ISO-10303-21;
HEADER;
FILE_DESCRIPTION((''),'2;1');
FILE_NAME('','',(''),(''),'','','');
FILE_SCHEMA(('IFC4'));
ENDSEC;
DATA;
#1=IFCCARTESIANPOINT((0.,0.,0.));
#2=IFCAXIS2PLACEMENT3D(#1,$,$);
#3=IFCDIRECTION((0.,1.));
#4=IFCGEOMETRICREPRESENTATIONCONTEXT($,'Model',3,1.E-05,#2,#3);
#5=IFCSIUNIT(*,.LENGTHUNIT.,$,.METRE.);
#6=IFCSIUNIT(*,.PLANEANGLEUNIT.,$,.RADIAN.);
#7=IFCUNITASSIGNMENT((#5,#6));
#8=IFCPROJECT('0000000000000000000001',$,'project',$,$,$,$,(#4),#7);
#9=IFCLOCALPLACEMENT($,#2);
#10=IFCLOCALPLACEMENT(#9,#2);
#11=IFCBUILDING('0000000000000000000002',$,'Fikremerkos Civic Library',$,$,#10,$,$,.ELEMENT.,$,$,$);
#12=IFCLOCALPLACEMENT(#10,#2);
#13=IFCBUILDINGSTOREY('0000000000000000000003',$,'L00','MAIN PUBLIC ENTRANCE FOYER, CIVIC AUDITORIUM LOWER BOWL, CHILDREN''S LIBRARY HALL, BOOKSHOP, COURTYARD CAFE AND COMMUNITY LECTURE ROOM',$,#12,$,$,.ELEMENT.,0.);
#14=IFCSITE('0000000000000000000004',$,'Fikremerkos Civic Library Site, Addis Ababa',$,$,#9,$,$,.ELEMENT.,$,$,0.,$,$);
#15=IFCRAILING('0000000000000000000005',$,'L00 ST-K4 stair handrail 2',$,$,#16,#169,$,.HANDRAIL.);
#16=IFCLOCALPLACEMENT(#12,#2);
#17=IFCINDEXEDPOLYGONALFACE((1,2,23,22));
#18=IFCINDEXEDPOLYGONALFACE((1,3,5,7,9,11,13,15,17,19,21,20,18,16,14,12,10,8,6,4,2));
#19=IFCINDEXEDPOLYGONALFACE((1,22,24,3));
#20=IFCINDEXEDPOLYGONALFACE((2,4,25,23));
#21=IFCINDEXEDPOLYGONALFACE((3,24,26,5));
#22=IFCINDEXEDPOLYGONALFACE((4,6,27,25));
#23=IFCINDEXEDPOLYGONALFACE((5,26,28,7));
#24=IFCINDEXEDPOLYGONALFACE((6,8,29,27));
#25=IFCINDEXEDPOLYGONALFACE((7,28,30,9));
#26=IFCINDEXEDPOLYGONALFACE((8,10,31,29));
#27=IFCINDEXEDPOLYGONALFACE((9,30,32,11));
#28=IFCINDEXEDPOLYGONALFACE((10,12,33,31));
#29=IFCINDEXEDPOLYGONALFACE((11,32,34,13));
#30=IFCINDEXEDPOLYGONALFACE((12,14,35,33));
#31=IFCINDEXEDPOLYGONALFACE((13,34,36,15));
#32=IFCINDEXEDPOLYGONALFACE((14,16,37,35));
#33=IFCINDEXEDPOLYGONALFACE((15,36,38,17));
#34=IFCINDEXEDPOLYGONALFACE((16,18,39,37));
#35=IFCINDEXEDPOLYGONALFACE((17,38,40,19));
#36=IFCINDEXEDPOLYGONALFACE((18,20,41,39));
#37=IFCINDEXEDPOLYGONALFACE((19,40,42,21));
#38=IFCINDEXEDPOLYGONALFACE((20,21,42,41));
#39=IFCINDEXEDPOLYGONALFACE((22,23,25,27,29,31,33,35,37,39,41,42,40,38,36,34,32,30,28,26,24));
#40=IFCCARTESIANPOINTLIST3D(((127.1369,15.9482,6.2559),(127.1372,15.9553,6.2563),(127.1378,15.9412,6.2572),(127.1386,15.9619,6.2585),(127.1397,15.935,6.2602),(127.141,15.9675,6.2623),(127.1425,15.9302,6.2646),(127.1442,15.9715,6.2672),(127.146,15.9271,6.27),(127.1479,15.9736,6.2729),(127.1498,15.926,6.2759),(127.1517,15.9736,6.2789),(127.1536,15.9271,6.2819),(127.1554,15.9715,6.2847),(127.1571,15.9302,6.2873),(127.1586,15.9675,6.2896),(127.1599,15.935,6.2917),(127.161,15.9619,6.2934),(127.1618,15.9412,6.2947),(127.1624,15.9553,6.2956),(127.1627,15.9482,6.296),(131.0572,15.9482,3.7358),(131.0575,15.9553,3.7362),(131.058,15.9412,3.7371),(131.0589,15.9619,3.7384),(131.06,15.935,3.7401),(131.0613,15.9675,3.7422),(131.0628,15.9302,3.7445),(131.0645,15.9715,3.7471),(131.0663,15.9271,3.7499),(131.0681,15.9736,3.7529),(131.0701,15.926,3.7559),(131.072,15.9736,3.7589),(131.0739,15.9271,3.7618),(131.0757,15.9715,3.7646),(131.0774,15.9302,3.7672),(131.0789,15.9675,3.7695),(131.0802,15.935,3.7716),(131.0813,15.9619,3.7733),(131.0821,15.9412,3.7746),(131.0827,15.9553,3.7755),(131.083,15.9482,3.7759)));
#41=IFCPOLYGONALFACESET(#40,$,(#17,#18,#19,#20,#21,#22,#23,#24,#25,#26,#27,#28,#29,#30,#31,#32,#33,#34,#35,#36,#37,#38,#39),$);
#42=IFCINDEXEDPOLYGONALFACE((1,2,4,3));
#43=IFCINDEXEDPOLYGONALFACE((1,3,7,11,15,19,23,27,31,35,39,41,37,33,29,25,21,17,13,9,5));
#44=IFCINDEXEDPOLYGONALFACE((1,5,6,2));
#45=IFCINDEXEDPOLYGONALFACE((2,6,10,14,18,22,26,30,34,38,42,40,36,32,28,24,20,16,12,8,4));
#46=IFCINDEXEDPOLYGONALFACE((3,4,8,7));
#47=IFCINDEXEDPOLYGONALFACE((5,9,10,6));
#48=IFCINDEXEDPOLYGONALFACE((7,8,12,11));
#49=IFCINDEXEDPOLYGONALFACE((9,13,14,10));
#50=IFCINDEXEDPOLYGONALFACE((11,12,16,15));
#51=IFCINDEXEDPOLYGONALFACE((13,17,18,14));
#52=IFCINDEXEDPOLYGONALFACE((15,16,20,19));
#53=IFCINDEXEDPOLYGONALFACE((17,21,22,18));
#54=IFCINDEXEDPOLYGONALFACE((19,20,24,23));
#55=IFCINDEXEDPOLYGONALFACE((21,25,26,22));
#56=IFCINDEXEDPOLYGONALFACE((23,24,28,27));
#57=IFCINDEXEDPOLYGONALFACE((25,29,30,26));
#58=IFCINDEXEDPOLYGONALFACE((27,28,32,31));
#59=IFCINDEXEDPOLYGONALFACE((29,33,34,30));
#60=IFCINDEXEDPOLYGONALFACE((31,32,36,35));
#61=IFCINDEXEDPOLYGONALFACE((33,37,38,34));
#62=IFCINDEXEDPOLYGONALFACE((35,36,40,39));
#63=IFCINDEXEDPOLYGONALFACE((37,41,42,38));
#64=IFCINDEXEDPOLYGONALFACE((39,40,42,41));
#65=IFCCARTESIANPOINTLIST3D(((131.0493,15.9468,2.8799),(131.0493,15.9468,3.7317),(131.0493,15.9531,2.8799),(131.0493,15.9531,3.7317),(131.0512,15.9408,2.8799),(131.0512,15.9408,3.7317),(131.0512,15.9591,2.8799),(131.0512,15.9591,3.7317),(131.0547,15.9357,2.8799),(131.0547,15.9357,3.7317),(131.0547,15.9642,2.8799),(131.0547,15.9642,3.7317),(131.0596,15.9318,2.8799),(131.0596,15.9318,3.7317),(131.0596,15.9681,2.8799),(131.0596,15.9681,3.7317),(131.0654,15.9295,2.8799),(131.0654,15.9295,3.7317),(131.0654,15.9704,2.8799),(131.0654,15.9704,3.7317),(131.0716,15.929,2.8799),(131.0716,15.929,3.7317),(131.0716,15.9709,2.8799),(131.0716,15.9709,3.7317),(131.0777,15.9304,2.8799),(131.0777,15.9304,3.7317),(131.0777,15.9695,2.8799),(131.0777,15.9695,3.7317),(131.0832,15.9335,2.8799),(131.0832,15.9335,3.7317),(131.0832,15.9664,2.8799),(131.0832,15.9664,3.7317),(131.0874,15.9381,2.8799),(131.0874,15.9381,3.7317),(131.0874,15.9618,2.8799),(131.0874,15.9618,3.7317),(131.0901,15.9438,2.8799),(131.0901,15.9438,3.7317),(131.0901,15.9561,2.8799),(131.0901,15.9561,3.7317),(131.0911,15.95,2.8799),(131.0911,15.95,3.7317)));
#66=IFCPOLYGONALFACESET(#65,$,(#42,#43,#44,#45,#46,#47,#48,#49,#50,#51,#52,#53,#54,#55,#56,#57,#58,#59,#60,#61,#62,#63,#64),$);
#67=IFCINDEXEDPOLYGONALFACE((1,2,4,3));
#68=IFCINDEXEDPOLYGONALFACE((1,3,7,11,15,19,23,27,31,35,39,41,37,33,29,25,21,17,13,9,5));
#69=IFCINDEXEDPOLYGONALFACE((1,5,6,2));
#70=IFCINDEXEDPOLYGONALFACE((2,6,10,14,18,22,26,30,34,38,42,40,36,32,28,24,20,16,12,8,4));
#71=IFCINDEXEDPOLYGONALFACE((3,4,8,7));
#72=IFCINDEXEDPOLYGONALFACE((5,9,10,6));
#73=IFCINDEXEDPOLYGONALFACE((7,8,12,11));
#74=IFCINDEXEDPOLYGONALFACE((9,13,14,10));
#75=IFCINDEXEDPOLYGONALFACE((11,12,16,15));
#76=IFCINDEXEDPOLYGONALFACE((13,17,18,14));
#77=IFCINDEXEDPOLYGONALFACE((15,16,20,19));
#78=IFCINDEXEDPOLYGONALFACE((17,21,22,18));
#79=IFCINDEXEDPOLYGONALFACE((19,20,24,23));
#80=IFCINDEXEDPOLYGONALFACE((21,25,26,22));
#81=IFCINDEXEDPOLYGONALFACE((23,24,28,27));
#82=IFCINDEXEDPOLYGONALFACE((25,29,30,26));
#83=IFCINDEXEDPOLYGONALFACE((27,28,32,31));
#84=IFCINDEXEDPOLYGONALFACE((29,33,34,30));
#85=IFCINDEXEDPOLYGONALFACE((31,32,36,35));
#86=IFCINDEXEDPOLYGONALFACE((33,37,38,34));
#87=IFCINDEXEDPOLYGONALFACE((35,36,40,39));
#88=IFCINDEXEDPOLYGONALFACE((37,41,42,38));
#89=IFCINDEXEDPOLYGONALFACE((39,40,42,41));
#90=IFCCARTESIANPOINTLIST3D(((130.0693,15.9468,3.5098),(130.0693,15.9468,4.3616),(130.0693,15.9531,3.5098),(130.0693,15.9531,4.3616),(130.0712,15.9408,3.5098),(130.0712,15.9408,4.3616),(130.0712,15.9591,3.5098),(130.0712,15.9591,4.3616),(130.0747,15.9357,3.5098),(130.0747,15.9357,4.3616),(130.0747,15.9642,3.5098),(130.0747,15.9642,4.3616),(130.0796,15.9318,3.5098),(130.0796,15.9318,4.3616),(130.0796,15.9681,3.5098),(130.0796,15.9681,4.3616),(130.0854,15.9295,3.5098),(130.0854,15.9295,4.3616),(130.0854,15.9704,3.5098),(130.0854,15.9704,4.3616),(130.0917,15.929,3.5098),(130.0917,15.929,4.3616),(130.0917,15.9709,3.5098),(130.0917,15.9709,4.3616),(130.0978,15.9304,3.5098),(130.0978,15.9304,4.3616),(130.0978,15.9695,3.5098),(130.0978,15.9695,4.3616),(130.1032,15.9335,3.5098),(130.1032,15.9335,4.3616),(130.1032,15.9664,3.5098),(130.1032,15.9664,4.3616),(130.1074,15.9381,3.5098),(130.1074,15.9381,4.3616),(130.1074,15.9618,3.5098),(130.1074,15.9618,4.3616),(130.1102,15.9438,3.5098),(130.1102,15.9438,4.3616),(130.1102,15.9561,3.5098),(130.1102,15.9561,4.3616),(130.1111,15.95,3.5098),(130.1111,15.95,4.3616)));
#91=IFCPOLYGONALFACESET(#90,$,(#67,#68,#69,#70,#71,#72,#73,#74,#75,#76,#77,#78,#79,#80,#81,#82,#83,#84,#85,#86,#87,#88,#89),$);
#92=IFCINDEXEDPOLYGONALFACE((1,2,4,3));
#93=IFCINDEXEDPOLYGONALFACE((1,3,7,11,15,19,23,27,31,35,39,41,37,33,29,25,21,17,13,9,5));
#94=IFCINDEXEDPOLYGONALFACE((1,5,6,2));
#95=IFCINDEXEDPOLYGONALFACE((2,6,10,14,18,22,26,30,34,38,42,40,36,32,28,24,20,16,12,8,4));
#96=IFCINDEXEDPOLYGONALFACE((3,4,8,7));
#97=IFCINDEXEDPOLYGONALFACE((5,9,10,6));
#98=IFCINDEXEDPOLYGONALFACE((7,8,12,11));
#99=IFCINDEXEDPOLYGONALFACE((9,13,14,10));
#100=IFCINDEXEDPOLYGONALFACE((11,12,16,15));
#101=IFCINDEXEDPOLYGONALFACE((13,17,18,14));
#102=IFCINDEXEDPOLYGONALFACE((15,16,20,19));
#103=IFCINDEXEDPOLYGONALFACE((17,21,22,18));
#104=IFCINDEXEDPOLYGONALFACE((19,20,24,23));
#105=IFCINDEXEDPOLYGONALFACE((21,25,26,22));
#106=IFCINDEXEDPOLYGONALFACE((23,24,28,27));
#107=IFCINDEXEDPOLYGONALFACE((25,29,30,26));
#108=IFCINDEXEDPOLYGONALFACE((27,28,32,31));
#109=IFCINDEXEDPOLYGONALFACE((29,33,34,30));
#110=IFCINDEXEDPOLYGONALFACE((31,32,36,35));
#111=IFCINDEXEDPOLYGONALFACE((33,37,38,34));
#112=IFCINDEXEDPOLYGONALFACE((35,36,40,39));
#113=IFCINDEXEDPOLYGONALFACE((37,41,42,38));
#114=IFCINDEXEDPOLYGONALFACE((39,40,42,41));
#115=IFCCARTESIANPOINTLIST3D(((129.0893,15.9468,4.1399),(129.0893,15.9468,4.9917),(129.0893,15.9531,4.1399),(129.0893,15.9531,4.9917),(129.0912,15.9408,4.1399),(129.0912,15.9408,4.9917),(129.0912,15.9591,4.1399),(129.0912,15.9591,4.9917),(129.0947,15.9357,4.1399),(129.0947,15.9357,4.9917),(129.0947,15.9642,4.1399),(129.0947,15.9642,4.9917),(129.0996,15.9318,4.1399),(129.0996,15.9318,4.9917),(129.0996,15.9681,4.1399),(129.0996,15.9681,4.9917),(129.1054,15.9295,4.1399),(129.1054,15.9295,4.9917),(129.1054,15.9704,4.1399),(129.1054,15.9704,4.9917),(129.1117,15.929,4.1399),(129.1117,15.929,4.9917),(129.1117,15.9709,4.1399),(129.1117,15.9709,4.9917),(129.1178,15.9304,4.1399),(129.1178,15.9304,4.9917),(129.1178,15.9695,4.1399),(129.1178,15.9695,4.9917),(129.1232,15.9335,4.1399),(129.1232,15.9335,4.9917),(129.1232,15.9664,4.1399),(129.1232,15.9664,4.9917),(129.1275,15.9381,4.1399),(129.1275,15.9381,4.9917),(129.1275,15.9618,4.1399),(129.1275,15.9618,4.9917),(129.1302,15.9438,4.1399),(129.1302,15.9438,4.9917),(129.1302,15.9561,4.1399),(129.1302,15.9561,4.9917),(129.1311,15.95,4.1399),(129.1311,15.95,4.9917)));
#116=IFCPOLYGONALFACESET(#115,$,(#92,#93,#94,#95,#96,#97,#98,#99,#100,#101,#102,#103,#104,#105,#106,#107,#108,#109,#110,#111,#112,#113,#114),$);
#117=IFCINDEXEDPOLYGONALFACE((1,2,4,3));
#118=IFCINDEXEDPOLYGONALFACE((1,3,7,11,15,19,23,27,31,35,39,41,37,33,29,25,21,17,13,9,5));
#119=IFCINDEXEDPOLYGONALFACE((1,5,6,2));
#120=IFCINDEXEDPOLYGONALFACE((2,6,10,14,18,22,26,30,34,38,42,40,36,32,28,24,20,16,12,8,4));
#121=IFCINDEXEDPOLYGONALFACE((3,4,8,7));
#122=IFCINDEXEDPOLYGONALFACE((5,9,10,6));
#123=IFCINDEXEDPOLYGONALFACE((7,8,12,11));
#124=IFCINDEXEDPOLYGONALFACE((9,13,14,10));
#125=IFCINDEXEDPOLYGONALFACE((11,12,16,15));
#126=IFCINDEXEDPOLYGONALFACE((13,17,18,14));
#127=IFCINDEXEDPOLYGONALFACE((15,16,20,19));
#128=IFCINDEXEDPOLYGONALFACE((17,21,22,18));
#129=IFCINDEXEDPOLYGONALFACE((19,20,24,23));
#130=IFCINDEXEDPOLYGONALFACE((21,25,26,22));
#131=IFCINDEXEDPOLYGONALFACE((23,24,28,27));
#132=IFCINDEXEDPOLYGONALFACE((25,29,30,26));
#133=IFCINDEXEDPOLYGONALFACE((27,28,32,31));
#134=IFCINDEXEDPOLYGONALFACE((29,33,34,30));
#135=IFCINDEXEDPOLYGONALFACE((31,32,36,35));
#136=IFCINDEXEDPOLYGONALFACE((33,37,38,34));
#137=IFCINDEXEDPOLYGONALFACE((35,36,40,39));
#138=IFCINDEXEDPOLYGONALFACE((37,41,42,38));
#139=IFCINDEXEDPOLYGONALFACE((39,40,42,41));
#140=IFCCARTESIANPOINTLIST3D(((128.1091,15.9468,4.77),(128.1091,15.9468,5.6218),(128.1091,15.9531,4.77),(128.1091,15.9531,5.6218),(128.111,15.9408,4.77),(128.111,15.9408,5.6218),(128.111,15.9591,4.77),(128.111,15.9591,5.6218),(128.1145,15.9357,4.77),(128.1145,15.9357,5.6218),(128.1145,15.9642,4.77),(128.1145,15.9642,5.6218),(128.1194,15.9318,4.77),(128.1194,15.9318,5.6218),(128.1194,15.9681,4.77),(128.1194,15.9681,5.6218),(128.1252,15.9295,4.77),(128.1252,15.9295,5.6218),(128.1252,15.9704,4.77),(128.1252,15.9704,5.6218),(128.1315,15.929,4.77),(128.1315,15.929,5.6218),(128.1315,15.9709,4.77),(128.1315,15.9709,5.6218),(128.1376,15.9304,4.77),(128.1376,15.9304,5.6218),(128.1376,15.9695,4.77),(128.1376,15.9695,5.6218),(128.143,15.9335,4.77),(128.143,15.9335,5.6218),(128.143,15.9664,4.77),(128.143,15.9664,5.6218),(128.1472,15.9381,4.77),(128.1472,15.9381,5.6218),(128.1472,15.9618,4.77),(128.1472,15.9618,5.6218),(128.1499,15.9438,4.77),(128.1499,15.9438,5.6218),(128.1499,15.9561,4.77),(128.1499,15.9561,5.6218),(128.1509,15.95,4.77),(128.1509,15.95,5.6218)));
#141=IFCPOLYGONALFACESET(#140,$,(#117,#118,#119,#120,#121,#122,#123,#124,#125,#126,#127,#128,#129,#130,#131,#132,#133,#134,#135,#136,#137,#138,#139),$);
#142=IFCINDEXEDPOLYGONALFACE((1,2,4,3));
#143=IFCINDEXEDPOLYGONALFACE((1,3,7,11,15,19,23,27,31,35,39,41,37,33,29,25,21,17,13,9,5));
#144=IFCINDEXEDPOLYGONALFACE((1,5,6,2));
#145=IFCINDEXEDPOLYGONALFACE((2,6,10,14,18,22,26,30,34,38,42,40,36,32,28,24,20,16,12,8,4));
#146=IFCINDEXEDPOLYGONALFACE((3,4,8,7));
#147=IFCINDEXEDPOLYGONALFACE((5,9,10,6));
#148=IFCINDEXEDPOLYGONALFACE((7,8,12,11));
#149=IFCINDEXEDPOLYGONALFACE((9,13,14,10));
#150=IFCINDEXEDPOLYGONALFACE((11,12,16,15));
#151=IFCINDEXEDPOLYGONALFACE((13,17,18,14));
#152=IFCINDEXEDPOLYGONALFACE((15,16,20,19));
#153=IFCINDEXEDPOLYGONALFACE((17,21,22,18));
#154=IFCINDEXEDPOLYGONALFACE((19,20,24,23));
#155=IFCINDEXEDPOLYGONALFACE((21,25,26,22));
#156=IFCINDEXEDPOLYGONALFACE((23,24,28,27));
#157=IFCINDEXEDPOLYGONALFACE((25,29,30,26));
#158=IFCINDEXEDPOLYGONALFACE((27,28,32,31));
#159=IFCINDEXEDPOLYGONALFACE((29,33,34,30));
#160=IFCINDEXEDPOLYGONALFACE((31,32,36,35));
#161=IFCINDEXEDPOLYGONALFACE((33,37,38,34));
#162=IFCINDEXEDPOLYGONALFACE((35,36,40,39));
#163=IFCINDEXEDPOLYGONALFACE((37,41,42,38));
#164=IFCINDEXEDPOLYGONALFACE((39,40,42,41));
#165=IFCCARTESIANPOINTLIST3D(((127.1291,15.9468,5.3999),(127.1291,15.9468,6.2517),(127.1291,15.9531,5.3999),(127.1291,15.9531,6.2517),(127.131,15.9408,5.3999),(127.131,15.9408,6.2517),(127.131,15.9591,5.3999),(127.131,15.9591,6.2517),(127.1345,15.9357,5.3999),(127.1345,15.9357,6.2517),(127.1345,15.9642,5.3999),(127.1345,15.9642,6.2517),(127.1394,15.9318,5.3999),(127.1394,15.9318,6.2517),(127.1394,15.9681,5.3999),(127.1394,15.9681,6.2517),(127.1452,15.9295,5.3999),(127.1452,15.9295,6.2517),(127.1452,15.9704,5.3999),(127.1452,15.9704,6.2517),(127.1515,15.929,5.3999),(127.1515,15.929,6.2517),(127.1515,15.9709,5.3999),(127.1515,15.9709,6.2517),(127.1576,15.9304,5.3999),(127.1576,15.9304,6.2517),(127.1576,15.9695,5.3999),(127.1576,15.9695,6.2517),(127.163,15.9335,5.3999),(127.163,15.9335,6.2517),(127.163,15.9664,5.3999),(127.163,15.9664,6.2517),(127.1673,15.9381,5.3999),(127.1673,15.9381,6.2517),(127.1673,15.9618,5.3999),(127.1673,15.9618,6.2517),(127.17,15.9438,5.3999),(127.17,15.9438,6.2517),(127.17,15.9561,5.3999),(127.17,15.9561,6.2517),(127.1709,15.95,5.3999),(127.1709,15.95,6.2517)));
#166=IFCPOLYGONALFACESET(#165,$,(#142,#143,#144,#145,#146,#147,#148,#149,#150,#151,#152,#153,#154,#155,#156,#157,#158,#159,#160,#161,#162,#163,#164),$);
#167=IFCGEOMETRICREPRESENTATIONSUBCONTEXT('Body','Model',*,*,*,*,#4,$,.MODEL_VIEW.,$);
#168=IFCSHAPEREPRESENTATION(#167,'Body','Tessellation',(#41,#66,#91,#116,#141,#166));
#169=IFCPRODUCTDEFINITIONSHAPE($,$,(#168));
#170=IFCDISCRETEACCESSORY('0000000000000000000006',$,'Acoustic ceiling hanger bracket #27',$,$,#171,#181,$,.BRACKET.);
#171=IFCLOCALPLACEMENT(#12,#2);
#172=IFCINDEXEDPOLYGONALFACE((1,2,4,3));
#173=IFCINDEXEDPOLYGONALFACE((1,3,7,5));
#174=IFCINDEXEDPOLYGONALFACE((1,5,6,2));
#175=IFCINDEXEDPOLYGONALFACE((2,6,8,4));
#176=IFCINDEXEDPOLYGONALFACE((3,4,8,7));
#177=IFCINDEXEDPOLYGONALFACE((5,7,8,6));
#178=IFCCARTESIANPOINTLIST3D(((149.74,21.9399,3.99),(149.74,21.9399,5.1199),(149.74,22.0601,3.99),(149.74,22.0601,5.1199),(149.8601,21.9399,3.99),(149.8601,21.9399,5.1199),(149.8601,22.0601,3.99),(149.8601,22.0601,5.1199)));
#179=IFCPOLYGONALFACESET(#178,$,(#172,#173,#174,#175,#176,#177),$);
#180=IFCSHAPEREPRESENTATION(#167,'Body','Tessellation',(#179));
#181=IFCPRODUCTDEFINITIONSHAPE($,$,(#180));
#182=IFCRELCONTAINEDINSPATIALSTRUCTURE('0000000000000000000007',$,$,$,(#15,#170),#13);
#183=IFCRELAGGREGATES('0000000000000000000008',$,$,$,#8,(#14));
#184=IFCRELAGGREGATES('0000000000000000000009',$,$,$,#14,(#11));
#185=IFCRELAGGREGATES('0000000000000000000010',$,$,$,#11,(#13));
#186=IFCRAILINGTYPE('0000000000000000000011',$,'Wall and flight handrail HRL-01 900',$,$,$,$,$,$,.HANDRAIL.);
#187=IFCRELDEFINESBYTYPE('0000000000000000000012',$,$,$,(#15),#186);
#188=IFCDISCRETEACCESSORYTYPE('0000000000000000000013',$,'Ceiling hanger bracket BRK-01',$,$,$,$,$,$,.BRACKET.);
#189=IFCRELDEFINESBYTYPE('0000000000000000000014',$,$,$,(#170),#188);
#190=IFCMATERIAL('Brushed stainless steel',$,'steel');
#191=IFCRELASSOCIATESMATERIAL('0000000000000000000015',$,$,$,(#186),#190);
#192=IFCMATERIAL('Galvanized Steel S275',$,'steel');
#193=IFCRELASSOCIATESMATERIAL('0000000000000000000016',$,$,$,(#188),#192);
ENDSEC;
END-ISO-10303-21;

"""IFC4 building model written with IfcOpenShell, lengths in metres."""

from ifc_helpers import new_model, si_unit, direction, frame, origin, origin_2d, place, context, subcontext, project, spatial, rectangle, circle, extrude, material, type_object, element, save


model = new_model("IFC4")

# Units and contexts
model_context = context("Model", 3, precision=1e-05, world=origin(), true_north=direction((0.0, 1.0)))
body_context = subcontext(model_context, "Body", "Model", "MODEL_VIEW")
ifc_project = project(units=[si_unit("LENGTHUNIT", "METRE"), si_unit("PLANEANGLEUNIT", "RADIAN")], contexts=[model_context])

# Site, building, storey
site_placement = place(None, origin())
site = spatial("IfcSite", under=ifc_project, at=site_placement, Name="Fikremerkos Civic Library Site, Addis Ababa", CompositionType="ELEMENT", RefElevation=0.0)
building_placement = place(site_placement, origin())
building = spatial("IfcBuilding", under=site, at=building_placement, Name="Fikremerkos Civic Library", CompositionType="ELEMENT")
storey_placement = place(building_placement, origin())
storey = spatial("IfcBuildingStorey", under=building, at=storey_placement, Name="L00", Description="MAIN PUBLIC ENTRANCE FOYER, CIVIC AUDITORIUM LOWER BOWL, CHILDREN'S LIBRARY HALL, BOOKSHOP, COURTYARD CAFE AND COMMUNITY LECTURE ROOM", CompositionType="ELEMENT", Elevation=0.0)

# Shared definitions
ifc_material_1 = material(Name="Brushed stainless steel", Category="steel")

# Railing
railing_type = type_object("IfcRailingType", Name="Wall and flight handrail HRL-01 900", PredefinedType="HANDRAIL", material=ifc_material_1)
railing_placement = place(storey_placement, frame((131.0701, 15.95, 2.8799)))
element("IfcRailing", 1, at=railing_placement, inside=storey, type_object=railing_type, Name="L00 ST-K4 stair handrail 2", PredefinedType="HANDRAIL", context=body_context, shape_type="SweptSolid", body=[
    extrude(circle(Radius=0.0239, at=origin_2d()), frame((0.0, 0.0, 0.876), z_axis=(-0.841187, 0.0, 0.540744), x_axis=(0.0, -1.0, 0.0)), (0.0, 0.0, 1.0), 4.6604),
    extrude(circle(Radius=0.021, at=origin_2d()), origin(), (0.0, 0.0, 1.0), 0.8518),
    extrude(circle(Radius=0.021, at=origin_2d()), frame((-0.98, 0.0, 0.6299)), (0.0, 0.0, 1.0), 0.8518),
    extrude(circle(Radius=0.021, at=origin_2d()), frame((-1.96, 0.0, 1.26)), (0.0, 0.0, 1.0), 0.8518),
    extrude(circle(Radius=0.021, at=origin_2d()), frame((-2.9402, 0.0, 1.8901)), (0.0, 0.0, 1.0), 0.8518),
    extrude(circle(Radius=0.021, at=origin_2d()), frame((-3.9202, 0.0, 2.52)), (0.0, 0.0, 1.0), 0.8518),
])

# Discrete accessory
ifc_material_2 = material(Name="Galvanized Steel S275", Category="steel")
discrete_accessory_type = type_object("IfcDiscreteAccessoryType", Name="Ceiling hanger bracket BRK-01", PredefinedType="BRACKET", material=ifc_material_2)
discrete_accessory_placement = place(storey_placement, frame((149.8, 22.0, 3.99), z_axis=(0.0, 0.0, 1.0), x_axis=(1.0, 0.0, 0.0)))
element("IfcDiscreteAccessory", 2, at=discrete_accessory_placement, inside=storey, type_object=discrete_accessory_type, Name="Acoustic ceiling hanger bracket #27", PredefinedType="BRACKET", context=body_context, shape_type="SweptSolid", body=[
    extrude(rectangle(XDim=0.1201, YDim=0.1201, at=origin_2d()), origin(), (0.0, 0.0, 1.0), 1.1299),
])

save(model, "model.ifc")
